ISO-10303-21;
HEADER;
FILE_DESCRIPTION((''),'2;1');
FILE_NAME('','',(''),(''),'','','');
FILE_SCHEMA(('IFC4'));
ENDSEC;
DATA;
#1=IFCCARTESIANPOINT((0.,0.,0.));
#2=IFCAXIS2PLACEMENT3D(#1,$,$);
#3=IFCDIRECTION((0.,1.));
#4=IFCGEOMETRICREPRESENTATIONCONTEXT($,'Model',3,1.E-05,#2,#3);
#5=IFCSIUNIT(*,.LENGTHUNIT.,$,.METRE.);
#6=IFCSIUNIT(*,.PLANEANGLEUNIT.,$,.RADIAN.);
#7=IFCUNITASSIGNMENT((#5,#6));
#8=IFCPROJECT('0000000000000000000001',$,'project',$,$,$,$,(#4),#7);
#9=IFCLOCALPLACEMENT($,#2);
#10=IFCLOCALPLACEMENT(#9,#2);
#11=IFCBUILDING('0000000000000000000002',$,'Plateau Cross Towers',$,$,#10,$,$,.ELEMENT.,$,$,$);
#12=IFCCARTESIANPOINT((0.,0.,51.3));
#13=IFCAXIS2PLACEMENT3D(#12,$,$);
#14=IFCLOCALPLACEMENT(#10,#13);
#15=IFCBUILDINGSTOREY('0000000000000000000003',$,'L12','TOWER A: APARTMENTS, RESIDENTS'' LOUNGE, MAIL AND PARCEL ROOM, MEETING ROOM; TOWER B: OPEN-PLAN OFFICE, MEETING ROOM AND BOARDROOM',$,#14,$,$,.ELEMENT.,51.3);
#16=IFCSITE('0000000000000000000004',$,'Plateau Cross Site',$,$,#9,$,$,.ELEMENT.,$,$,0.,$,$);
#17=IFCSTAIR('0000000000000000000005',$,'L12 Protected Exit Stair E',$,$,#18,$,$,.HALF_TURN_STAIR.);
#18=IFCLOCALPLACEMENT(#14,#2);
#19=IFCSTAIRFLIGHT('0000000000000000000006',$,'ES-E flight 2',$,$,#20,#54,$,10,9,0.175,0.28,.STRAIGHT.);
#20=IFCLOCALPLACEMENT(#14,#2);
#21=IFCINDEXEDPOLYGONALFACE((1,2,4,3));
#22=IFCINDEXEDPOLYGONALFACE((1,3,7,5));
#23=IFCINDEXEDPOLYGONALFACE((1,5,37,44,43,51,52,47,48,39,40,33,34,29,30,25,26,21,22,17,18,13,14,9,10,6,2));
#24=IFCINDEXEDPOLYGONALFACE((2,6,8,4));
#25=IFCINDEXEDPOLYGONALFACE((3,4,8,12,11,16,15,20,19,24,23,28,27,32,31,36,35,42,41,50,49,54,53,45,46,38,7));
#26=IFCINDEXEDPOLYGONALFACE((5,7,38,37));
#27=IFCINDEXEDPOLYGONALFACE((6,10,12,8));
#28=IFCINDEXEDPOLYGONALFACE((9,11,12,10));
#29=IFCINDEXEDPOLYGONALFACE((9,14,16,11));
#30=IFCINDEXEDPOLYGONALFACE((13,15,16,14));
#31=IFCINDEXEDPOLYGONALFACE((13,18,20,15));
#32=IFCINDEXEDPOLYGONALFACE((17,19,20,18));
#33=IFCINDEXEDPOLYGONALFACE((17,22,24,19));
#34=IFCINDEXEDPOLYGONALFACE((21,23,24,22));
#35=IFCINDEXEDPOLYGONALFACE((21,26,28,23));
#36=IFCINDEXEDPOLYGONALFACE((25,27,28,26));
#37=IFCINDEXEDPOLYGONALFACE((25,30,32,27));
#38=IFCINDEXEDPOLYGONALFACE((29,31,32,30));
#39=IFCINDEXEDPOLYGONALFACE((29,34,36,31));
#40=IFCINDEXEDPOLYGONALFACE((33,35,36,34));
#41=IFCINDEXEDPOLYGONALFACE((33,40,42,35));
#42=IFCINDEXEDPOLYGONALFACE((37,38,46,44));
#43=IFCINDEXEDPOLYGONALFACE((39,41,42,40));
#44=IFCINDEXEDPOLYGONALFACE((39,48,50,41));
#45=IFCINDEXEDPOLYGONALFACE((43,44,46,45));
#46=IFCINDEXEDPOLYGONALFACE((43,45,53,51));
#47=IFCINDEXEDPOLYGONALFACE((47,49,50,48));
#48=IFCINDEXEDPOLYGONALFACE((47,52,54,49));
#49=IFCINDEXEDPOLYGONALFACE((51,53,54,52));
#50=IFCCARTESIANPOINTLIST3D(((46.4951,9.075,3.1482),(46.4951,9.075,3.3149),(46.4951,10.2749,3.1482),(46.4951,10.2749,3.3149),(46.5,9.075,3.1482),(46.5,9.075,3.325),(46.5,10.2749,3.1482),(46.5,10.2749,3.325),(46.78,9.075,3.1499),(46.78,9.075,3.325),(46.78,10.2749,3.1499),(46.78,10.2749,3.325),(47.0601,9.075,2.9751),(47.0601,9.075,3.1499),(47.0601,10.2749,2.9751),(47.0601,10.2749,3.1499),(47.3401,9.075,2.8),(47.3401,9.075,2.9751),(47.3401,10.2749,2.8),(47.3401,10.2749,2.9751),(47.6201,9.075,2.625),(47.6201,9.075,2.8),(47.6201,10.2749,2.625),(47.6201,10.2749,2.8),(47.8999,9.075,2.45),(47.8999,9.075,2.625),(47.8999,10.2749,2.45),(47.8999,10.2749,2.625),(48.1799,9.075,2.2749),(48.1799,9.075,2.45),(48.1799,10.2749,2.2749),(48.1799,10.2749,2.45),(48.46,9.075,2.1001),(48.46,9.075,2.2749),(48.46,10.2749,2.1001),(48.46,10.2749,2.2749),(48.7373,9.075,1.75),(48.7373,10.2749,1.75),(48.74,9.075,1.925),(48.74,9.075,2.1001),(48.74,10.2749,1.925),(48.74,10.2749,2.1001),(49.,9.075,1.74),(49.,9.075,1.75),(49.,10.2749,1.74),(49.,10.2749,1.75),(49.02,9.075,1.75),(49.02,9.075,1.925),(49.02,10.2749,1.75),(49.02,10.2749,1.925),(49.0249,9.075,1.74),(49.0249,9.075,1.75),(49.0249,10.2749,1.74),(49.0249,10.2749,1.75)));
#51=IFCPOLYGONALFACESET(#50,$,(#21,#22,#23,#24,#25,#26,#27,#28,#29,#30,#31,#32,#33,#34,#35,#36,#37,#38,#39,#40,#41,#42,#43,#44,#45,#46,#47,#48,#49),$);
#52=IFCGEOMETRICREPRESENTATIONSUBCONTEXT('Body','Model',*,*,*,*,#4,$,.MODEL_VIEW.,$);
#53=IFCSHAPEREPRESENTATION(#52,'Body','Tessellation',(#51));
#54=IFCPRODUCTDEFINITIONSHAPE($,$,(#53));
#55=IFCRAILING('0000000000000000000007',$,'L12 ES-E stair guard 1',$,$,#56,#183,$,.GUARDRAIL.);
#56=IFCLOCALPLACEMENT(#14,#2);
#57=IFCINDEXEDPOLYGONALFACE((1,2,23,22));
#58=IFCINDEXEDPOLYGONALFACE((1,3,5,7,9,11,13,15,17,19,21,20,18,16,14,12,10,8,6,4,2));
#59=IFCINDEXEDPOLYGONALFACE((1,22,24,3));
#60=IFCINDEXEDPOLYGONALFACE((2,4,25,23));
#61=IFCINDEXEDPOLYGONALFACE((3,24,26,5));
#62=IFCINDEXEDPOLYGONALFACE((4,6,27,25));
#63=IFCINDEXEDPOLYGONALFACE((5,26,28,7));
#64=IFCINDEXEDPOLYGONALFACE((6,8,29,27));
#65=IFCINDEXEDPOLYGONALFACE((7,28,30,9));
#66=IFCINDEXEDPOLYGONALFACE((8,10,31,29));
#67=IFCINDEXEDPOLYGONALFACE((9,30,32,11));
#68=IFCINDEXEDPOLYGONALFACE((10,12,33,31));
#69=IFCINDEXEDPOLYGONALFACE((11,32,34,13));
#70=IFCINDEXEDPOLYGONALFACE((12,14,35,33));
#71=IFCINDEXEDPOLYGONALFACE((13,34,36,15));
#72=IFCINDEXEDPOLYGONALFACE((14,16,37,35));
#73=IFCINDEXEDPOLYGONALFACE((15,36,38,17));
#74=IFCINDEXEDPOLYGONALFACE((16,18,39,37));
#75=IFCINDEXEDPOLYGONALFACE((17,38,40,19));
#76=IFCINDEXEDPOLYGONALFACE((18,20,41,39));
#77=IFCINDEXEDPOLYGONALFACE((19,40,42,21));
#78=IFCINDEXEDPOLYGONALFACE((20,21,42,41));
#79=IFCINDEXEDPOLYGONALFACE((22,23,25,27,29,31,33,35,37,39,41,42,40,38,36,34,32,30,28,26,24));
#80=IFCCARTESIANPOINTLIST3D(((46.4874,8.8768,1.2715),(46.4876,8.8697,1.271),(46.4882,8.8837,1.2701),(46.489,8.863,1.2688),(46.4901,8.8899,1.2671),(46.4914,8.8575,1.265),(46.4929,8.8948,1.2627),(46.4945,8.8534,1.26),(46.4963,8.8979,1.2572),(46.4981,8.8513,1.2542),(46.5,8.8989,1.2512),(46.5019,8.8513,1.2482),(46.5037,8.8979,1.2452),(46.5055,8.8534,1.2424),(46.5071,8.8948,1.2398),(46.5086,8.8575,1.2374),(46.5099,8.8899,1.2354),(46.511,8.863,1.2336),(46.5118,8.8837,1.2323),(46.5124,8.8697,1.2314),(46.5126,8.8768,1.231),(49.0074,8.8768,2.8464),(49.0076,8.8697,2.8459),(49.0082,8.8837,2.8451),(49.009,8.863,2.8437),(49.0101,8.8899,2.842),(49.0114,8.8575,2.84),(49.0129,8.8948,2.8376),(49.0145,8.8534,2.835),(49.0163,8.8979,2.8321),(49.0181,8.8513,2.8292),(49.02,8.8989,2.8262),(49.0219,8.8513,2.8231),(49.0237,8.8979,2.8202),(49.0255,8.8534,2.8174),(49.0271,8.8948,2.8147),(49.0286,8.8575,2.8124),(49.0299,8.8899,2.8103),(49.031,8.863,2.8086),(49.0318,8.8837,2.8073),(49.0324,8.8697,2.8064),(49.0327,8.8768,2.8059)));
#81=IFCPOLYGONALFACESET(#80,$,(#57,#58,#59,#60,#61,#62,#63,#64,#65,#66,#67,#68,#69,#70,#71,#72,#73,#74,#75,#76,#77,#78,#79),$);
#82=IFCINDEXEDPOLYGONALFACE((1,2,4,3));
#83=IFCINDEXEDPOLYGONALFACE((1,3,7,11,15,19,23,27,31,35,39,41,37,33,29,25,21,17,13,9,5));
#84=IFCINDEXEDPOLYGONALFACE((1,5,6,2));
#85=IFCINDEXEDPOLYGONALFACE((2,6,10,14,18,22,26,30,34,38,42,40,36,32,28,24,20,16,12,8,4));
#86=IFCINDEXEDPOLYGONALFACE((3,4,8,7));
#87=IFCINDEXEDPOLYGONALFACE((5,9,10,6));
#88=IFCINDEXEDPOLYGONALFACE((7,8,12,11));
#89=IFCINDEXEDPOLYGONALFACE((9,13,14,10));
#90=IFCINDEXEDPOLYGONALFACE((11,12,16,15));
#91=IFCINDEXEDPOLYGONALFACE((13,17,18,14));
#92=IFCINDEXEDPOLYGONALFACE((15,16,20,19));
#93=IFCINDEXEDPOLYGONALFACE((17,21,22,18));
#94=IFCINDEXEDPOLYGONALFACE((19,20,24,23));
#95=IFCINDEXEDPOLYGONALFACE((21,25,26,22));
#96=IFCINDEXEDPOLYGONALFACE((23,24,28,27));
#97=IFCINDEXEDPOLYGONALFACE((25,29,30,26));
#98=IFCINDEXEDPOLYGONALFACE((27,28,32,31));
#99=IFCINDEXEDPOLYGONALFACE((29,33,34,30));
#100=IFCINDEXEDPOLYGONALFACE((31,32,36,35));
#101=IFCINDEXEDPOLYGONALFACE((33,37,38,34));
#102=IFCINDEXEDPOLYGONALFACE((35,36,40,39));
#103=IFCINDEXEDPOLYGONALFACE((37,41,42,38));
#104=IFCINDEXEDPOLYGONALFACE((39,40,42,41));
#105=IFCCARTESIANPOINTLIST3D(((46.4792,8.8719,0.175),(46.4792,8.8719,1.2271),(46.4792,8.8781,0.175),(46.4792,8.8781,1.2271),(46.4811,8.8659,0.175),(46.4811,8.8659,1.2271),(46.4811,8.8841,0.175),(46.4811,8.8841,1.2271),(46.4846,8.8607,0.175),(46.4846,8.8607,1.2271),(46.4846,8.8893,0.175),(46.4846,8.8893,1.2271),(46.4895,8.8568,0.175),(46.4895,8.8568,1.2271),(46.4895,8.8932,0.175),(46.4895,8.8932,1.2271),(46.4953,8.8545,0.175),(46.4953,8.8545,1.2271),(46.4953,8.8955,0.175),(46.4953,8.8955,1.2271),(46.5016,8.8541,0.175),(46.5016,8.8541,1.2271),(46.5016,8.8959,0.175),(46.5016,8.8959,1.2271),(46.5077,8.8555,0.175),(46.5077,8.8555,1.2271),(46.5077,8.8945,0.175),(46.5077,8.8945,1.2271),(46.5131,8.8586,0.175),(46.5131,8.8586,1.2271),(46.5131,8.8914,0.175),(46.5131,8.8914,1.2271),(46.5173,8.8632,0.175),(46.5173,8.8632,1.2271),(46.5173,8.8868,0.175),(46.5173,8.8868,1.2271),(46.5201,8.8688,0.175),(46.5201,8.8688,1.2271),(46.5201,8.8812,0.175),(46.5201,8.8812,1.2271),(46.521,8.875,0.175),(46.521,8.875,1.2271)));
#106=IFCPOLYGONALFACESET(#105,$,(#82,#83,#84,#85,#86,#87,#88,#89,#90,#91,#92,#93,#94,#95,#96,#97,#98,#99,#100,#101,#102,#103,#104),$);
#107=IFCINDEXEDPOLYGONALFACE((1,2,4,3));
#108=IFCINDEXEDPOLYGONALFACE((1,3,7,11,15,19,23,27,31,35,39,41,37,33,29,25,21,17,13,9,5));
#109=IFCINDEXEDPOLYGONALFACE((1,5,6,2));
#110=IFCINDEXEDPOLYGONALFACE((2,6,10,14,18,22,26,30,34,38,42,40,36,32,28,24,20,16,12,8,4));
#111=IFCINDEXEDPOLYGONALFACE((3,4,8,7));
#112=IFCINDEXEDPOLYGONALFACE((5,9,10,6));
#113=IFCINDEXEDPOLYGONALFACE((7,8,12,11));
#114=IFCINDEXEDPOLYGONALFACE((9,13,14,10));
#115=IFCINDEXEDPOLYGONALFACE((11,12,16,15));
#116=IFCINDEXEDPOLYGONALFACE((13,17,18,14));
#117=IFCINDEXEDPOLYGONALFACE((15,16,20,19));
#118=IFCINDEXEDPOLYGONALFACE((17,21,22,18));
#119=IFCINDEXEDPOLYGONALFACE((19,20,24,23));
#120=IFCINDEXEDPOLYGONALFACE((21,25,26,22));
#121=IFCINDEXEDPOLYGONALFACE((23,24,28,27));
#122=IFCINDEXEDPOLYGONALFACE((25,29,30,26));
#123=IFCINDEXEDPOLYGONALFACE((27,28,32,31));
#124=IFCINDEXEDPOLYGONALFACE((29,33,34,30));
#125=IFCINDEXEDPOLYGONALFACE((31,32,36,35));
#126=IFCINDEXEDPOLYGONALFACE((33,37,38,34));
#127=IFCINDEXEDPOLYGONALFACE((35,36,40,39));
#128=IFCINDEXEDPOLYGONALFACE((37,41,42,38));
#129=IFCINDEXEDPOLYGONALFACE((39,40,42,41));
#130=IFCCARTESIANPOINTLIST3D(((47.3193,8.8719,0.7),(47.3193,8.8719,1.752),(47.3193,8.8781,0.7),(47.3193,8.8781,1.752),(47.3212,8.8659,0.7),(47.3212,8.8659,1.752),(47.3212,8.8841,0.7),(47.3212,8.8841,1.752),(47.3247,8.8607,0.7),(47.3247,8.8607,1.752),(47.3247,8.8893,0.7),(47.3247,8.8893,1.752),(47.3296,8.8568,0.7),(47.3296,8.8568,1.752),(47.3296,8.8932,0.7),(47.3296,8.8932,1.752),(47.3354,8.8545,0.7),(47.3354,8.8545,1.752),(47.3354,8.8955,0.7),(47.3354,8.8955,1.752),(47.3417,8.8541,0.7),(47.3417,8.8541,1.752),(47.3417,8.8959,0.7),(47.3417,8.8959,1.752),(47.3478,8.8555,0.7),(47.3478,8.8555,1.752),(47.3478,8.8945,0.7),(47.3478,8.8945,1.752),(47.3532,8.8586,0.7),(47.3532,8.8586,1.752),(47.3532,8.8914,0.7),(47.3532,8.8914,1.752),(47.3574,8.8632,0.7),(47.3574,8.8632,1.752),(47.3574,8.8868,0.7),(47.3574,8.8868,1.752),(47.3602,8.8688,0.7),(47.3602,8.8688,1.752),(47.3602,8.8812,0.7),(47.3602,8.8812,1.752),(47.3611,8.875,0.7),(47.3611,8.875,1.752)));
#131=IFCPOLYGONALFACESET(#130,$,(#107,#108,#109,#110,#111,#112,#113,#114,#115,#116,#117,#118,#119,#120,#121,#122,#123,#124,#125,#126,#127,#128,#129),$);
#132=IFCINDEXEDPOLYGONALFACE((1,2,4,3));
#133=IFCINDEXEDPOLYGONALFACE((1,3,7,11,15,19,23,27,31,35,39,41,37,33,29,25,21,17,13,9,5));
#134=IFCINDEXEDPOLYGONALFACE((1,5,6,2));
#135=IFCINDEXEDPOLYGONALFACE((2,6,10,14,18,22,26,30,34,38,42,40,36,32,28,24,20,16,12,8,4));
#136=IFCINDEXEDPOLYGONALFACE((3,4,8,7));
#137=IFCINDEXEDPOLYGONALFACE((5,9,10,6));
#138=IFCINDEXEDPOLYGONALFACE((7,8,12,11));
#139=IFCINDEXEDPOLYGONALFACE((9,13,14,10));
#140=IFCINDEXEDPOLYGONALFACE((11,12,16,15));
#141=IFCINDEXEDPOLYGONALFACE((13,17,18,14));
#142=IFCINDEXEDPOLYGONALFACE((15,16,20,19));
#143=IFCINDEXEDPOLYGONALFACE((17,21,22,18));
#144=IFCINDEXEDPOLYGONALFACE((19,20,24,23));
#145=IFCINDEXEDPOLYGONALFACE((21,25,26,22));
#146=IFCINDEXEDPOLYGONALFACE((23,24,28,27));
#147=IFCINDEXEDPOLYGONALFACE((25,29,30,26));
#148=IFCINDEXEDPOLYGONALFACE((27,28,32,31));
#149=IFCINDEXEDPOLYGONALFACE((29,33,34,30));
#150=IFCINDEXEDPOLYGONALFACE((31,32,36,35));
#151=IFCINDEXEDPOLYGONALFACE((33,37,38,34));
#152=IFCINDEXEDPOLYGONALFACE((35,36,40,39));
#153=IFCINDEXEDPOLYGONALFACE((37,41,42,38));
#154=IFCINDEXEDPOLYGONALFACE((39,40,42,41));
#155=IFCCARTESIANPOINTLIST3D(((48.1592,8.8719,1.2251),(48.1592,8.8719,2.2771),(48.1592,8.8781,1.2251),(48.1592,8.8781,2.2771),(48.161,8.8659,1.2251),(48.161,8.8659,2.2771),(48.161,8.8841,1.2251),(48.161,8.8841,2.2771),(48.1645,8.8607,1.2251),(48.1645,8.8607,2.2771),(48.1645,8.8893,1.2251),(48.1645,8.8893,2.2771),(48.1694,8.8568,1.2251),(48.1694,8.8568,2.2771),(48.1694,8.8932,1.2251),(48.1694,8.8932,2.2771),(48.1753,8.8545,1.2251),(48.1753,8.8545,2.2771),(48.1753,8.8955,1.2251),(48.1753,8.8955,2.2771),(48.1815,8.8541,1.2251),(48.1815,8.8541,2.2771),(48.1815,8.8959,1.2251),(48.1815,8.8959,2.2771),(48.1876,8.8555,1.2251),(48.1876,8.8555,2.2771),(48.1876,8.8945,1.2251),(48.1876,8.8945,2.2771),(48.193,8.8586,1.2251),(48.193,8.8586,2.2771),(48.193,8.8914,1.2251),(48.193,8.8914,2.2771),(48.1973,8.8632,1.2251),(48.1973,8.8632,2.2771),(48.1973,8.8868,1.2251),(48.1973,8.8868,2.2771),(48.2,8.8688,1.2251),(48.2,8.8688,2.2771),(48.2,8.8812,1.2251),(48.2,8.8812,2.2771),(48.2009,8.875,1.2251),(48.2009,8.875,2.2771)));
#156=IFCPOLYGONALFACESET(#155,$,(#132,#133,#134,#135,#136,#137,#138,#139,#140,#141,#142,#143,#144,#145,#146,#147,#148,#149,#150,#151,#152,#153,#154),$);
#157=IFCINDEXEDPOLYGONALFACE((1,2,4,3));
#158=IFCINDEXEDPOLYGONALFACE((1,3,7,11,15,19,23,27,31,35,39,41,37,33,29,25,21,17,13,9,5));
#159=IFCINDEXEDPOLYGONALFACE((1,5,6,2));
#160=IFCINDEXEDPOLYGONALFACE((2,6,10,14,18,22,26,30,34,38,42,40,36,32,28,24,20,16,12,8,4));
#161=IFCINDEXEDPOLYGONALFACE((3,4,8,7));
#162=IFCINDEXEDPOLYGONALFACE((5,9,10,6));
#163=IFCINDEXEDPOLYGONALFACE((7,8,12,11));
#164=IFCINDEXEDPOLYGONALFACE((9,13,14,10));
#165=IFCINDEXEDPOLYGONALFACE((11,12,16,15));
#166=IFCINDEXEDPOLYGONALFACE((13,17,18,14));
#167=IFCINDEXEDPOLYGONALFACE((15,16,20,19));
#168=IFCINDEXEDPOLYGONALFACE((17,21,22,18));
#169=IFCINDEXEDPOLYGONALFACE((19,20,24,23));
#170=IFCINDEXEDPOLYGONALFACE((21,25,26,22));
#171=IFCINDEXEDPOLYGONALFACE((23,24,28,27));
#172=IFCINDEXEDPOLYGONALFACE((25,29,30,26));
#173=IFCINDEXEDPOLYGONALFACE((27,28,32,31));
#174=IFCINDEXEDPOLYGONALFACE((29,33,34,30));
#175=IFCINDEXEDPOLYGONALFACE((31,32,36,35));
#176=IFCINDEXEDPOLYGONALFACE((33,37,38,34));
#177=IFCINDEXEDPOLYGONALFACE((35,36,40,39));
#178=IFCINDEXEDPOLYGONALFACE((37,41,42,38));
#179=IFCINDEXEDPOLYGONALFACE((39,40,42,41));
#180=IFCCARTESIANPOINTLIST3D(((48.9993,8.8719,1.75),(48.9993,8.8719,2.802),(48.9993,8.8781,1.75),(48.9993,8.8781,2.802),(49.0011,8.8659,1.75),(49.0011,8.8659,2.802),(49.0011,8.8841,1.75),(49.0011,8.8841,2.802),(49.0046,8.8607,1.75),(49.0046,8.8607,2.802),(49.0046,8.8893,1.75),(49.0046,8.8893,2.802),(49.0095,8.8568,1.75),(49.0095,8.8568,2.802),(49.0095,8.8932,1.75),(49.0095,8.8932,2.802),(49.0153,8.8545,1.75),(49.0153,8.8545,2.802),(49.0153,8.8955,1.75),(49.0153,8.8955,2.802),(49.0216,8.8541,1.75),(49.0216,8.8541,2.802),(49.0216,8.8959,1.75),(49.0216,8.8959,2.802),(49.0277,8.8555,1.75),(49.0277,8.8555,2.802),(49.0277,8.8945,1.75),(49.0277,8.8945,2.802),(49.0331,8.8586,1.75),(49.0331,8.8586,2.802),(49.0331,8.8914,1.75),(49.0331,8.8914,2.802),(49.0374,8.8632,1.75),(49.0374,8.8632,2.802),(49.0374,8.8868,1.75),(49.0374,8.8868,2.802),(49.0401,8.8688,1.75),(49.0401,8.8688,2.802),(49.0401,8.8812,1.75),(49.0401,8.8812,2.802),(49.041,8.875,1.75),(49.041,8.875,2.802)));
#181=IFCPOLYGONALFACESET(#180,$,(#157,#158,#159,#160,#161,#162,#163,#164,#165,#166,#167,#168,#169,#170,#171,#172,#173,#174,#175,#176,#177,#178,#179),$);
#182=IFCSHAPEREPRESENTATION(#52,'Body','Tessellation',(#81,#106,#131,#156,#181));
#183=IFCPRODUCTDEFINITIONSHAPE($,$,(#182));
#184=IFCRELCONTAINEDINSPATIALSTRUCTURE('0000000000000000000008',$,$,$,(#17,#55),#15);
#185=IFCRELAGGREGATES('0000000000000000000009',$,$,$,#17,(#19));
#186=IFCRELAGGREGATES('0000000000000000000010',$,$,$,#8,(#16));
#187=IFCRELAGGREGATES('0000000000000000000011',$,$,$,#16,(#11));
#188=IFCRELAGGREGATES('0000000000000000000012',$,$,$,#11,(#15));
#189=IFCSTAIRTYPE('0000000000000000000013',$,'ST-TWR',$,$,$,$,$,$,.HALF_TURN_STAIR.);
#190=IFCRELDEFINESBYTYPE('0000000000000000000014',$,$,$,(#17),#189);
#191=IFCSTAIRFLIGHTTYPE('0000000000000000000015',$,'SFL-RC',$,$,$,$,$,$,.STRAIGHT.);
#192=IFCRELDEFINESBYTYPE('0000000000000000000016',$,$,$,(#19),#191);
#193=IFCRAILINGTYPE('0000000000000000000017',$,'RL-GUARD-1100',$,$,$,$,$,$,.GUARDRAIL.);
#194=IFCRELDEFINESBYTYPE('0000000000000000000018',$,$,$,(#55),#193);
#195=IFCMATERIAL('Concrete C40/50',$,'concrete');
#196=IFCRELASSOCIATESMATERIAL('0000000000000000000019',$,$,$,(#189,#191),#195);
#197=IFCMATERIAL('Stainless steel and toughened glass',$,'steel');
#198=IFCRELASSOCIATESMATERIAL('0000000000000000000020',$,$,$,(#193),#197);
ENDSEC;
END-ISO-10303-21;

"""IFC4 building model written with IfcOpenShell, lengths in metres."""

from ifc_helpers import new_model, si_unit, direction, frame, origin, origin_2d, place, context, subcontext, project, spatial, polyline, circle, outline, extrude, material, type_object, element, aggregate, save


model = new_model("IFC4")

# Units and contexts
model_context = context("Model", 3, precision=1e-05, world=origin(), true_north=direction((0.0, 1.0)))
body_context = subcontext(model_context, "Body", "Model", "MODEL_VIEW")
ifc_project = project(units=[si_unit("LENGTHUNIT", "METRE"), si_unit("PLANEANGLEUNIT", "RADIAN")], contexts=[model_context])

# Site, building, storey
site_placement = place(None, origin())
site = spatial("IfcSite", under=ifc_project, at=site_placement, Name="Plateau Cross Site", CompositionType="ELEMENT", RefElevation=0.0)
building_placement = place(site_placement, origin())
building = spatial("IfcBuilding", under=site, at=building_placement, Name="Plateau Cross Towers", CompositionType="ELEMENT")
storey_placement = place(building_placement, frame((0.0, 0.0, 51.3)))
storey = spatial("IfcBuildingStorey", under=building, at=storey_placement, Name="L12", Description="TOWER A: APARTMENTS, RESIDENTS' LOUNGE, MAIL AND PARCEL ROOM, MEETING ROOM; TOWER B: OPEN-PLAN OFFICE, MEETING ROOM AND BOARDROOM", CompositionType="ELEMENT", Elevation=51.3)

# Stair, stair flight
ifc_material_1 = material(Name="Concrete C40/50", Category="concrete")
stair_type = type_object("IfcStairType", Name="ST-TWR", PredefinedType="HALF_TURN_STAIR", material=ifc_material_1)
stair_placement = place(storey_placement, origin())
stair = element("IfcStair", 1, at=stair_placement, inside=storey, type_object=stair_type, Name="L12 Protected Exit Stair E", PredefinedType="HALF_TURN_STAIR")
stair_flight_type = type_object("IfcStairFlightType", Name="SFL-RC", PredefinedType="STRAIGHT", material=ifc_material_1)
stair_flight_1_placement = place(storey_placement, frame((49.02, 9.675, 1.75), z_axis=(0.0, 0.0, 1.0), x_axis=(-1.0, 0.0, 0.0)))
stair_flight_1 = element("IfcStairFlight", 2, at=stair_flight_1_placement, type_object=stair_flight_type, Name="ES-E flight 2", NumberOfRisers=10, NumberOfTreads=9, PredefinedType="STRAIGHT", RiserHeight=0.175, TreadLength=0.28, context=body_context, shape_type="SweptSolid", body=[
    extrude(outline(polyline([(-0.0049, -0.01), (-0.0049, 0.0), (0.0, 0.0), (0.0, 0.175), (0.28, 0.175), (0.28, 0.3501), (0.5601, 0.3501), (0.5601, 0.5249), (0.8401, 0.5249), (0.8401, 0.7), (1.1201, 0.7), (1.1201, 0.875), (1.3999, 0.875), (1.3999, 1.05), (1.6799, 1.05), (1.6799, 1.2251), (1.96, 1.2251), (1.96, 1.3999), (2.24, 1.3999), (2.24, 1.575), (2.52, 1.575), (2.5249, 1.5649), (2.5249, 1.3982), (2.52, 1.3982), (0.2827, 0.0), (0.02, 0.0), (0.02, -0.01), (-0.0049, -0.01)])), frame((0.0, 0.6001, 0.0), z_axis=(0.0, -1.0, 0.0), x_axis=(1.0, 0.0, 0.0)), (0.0, 0.0, 1.0), 1.2),
])
aggregate(stair, [stair_flight_1])

# Railing
ifc_material_2 = material(Name="Stainless steel and toughened glass", Category="steel")
railing_type_1 = type_object("IfcRailingType", Name="RL-GUARD-1100", PredefinedType="GUARDRAIL", material=ifc_material_2)
railing_1_placement = place(storey_placement, frame((46.5, 8.875, 0.175)))
element("IfcRailing", 3, at=railing_1_placement, inside=storey, type_object=railing_type_1, Name="L12 ES-E stair guard 1", PredefinedType="GUARDRAIL", context=body_context, shape_type="SweptSolid", body=[
    extrude(circle(Radius=0.0239, at=origin_2d()), frame((0.0, 0.0, 1.0762), z_axis=(0.848008, 0.0, 0.529984), x_axis=(0.0, 1.0, 0.0)), (0.0, 0.0, 1.0), 2.9717),
    extrude(circle(Radius=0.021, at=origin_2d()), origin(), (0.0, 0.0, 1.0), 1.052),
    extrude(circle(Radius=0.021, at=origin_2d()), frame((0.8401, 0.0, 0.5249)), (0.0, 0.0, 1.0), 1.052),
    extrude(circle(Radius=0.021, at=origin_2d()), frame((1.6799, 0.0, 1.05)), (0.0, 0.0, 1.0), 1.052),
    extrude(circle(Radius=0.021, at=origin_2d()), frame((2.52, 0.0, 1.575)), (0.0, 0.0, 1.0), 1.052),
])

save(model, "model.ifc")
